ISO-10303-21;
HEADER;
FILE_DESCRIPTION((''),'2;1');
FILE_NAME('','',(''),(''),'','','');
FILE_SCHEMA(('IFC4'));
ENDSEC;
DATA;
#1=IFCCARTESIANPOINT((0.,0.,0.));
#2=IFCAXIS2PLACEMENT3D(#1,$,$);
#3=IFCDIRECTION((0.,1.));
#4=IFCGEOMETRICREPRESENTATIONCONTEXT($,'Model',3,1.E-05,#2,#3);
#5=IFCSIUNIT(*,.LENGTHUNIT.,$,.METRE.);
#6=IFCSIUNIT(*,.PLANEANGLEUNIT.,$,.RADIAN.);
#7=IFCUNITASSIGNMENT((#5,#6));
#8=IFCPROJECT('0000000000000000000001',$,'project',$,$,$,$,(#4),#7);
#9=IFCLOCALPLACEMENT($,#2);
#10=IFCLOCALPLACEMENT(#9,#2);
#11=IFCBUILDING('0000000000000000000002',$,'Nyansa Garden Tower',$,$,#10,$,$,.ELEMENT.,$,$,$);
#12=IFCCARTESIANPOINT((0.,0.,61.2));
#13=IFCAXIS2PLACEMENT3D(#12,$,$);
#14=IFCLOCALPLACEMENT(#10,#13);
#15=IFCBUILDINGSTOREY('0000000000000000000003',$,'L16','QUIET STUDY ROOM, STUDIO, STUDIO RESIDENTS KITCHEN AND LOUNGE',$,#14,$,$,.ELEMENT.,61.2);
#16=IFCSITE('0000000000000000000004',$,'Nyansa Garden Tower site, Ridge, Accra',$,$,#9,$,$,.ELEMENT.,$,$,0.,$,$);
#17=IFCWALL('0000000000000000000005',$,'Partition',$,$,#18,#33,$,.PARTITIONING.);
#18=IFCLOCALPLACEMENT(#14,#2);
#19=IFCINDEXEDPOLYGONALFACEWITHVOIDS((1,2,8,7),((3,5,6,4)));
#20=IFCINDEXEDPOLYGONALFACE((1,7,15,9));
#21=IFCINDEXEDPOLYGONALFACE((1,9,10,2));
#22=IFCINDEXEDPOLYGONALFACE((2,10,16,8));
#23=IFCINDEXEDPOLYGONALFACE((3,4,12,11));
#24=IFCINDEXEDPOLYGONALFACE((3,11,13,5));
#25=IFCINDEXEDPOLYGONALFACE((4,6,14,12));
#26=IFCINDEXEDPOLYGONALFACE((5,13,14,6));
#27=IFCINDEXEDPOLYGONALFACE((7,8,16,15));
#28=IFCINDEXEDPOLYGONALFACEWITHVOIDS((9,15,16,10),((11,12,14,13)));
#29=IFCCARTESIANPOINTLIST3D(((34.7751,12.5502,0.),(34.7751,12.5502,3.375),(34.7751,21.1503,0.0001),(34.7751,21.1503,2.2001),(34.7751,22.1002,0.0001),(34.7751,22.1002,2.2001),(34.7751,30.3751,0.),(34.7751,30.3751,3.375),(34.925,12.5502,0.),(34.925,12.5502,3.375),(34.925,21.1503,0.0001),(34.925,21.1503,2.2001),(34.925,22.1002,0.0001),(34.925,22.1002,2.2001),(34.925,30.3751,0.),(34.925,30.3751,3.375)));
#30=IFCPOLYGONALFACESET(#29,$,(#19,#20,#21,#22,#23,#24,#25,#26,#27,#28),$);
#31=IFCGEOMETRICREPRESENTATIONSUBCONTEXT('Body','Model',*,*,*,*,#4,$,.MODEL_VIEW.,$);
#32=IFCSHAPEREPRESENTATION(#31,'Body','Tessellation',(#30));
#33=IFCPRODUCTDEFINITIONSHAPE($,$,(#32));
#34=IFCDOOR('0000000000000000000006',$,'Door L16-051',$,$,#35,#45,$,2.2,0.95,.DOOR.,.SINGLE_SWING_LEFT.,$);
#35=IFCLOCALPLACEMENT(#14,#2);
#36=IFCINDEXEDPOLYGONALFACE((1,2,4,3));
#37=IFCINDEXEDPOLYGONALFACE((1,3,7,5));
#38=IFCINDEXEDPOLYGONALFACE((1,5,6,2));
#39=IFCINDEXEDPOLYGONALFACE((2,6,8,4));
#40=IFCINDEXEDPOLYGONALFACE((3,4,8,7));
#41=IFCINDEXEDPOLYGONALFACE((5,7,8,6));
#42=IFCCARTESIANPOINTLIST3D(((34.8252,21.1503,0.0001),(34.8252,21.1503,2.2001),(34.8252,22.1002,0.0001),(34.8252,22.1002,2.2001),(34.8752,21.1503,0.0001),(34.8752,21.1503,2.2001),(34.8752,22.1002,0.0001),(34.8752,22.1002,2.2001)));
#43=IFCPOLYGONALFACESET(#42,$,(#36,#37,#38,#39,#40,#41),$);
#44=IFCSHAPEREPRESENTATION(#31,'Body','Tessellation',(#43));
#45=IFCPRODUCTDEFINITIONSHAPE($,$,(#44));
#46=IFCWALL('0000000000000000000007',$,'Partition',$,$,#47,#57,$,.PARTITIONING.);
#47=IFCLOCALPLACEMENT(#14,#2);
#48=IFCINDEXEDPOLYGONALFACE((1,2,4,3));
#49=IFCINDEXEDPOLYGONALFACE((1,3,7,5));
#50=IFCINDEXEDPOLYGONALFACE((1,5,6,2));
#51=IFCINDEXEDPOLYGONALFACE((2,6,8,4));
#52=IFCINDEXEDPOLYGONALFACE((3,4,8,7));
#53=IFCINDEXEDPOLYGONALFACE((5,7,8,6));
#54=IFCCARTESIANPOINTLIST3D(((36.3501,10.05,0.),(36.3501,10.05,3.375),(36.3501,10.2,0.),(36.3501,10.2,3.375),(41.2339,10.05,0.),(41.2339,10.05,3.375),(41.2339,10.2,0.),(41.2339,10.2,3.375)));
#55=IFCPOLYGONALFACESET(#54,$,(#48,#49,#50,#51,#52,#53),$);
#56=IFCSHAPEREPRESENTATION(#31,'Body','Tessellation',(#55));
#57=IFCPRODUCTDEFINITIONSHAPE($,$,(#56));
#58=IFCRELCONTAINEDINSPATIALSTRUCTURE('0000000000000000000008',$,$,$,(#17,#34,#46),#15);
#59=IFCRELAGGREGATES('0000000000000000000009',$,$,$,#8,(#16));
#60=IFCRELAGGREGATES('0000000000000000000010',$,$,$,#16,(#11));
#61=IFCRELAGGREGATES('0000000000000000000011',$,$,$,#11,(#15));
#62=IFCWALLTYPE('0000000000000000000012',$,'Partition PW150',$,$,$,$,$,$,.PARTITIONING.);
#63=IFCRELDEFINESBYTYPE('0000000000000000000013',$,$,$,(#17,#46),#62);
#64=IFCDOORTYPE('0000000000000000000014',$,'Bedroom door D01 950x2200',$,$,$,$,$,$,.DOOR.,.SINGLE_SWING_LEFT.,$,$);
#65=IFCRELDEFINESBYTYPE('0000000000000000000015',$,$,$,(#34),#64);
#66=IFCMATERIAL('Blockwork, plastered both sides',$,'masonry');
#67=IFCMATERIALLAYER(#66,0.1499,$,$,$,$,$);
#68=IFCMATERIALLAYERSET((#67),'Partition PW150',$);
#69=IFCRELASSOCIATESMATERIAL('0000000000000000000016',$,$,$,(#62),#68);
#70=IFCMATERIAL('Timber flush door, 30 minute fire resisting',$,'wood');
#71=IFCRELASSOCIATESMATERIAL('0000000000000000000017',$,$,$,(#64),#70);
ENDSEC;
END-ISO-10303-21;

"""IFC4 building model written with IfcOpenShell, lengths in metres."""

from ifc_helpers import new_model, si_unit, direction, frame, frame_2d, origin, place, context, subcontext, project, spatial, rectangle, extrude, material, layer, layer_set, type_object, element, fill, save


model = new_model("IFC4")

# Units and contexts
model_context = context("Model", 3, precision=1e-05, world=origin(), true_north=direction((0.0, 1.0)))
body_context = subcontext(model_context, "Body", "Model", "MODEL_VIEW")
ifc_project = project(units=[si_unit("LENGTHUNIT", "METRE"), si_unit("PLANEANGLEUNIT", "RADIAN")], contexts=[model_context])

# Site, building, storey
site_placement = place(None, origin())
site = spatial("IfcSite", under=ifc_project, at=site_placement, Name="Nyansa Garden Tower site, Ridge, Accra", CompositionType="ELEMENT", RefElevation=0.0)
building_placement = place(site_placement, origin())
building = spatial("IfcBuilding", under=site, at=building_placement, Name="Nyansa Garden Tower", CompositionType="ELEMENT")
storey_placement = place(building_placement, frame((0.0, 0.0, 61.2)))
storey = spatial("IfcBuildingStorey", under=building, at=storey_placement, Name="L16", Description="QUIET STUDY ROOM, STUDIO, STUDIO RESIDENTS KITCHEN AND LOUNGE", CompositionType="ELEMENT", Elevation=61.2)

# Wall, opening, door
ifc_material_1 = material(Name="Blockwork, plastered both sides", Category="masonry")
ifc_layer_1 = layer(ifc_material_1, 0.1499)
ifc_layer_set_1 = layer_set([ifc_layer_1], Name="Partition PW150")
wall_type_1 = type_object("IfcWallType", Name="Partition PW150", PredefinedType="PARTITIONING", material=ifc_layer_set_1)
wall_1_placement = place(storey_placement, frame((34.8501, 12.55, 0.0), z_axis=(0.0, 0.0, 1.0), x_axis=(0.0, 1.0, 0.0)))
wall_1 = element("IfcWall", 1, at=wall_1_placement, inside=storey, type_object=wall_type_1, Name="Partition", PredefinedType="PARTITIONING", context=body_context, shape_type="SweptSolid", body=[
    extrude(rectangle(XDim=17.825, YDim=0.1499, at=frame_2d((8.9126, 0.0))), origin(), (0.0, 0.0, 1.0), 3.375),
])
opening_1_placement = place(wall_1_placement, frame((8.6001, 0.0, 0.0)))
opening_1 = element("IfcOpeningElement", 2, at=opening_1_placement, cuts=wall_1, PredefinedType="OPENING", context=body_context, shape_type="SweptSolid", body=[
    extrude(rectangle(XDim=0.95, YDim=2.2, at=frame_2d((0.4751, 1.1001))), frame((0.0, 0.085, 0.0), z_axis=(0.0, -1.0, 0.0), x_axis=(1.0, 0.0, 0.0)), (0.0, 0.0, 1.0), 0.1699),
])
ifc_material_2 = material(Name="Timber flush door, 30 minute fire resisting", Category="wood")
door_type_1 = type_object("IfcDoorType", Name="Bedroom door D01 950x2200", OperationType="SINGLE_SWING_LEFT", PredefinedType="DOOR", material=ifc_material_2)
door_1_placement = place(opening_1_placement, origin())
door_1 = element("IfcDoor", 3, at=door_1_placement, inside=storey, type_object=door_type_1, Name="Door L16-051", OperationType="SINGLE_SWING_LEFT", OverallHeight=2.2, OverallWidth=0.95, PredefinedType="DOOR", context=body_context, shape_type="SweptSolid", body=[
    extrude(rectangle(XDim=0.95, YDim=2.2, at=frame_2d((0.4751, 1.1001))), frame((0.0, 0.0249, 0.0), z_axis=(0.0, -1.0, 0.0), x_axis=(1.0, 0.0, 0.0)), (0.0, 0.0, 1.0), 0.05),
])
fill(opening_1, door_1)

# Wall
wall_2_placement = place(storey_placement, frame((36.3501, 10.125, 0.0), z_axis=(0.0, 0.0, 1.0), x_axis=(1.0, 0.0, 0.0)))
element("IfcWall", 4, at=wall_2_placement, inside=storey, type_object=wall_type_1, Name="Partition", PredefinedType="PARTITIONING", context=body_context, shape_type="SweptSolid", body=[
    extrude(rectangle(XDim=4.8838, YDim=0.1499, at=frame_2d((2.4419, 0.0))), origin(), (0.0, 0.0, 1.0), 3.375),
])

save(model, "model.ifc")
